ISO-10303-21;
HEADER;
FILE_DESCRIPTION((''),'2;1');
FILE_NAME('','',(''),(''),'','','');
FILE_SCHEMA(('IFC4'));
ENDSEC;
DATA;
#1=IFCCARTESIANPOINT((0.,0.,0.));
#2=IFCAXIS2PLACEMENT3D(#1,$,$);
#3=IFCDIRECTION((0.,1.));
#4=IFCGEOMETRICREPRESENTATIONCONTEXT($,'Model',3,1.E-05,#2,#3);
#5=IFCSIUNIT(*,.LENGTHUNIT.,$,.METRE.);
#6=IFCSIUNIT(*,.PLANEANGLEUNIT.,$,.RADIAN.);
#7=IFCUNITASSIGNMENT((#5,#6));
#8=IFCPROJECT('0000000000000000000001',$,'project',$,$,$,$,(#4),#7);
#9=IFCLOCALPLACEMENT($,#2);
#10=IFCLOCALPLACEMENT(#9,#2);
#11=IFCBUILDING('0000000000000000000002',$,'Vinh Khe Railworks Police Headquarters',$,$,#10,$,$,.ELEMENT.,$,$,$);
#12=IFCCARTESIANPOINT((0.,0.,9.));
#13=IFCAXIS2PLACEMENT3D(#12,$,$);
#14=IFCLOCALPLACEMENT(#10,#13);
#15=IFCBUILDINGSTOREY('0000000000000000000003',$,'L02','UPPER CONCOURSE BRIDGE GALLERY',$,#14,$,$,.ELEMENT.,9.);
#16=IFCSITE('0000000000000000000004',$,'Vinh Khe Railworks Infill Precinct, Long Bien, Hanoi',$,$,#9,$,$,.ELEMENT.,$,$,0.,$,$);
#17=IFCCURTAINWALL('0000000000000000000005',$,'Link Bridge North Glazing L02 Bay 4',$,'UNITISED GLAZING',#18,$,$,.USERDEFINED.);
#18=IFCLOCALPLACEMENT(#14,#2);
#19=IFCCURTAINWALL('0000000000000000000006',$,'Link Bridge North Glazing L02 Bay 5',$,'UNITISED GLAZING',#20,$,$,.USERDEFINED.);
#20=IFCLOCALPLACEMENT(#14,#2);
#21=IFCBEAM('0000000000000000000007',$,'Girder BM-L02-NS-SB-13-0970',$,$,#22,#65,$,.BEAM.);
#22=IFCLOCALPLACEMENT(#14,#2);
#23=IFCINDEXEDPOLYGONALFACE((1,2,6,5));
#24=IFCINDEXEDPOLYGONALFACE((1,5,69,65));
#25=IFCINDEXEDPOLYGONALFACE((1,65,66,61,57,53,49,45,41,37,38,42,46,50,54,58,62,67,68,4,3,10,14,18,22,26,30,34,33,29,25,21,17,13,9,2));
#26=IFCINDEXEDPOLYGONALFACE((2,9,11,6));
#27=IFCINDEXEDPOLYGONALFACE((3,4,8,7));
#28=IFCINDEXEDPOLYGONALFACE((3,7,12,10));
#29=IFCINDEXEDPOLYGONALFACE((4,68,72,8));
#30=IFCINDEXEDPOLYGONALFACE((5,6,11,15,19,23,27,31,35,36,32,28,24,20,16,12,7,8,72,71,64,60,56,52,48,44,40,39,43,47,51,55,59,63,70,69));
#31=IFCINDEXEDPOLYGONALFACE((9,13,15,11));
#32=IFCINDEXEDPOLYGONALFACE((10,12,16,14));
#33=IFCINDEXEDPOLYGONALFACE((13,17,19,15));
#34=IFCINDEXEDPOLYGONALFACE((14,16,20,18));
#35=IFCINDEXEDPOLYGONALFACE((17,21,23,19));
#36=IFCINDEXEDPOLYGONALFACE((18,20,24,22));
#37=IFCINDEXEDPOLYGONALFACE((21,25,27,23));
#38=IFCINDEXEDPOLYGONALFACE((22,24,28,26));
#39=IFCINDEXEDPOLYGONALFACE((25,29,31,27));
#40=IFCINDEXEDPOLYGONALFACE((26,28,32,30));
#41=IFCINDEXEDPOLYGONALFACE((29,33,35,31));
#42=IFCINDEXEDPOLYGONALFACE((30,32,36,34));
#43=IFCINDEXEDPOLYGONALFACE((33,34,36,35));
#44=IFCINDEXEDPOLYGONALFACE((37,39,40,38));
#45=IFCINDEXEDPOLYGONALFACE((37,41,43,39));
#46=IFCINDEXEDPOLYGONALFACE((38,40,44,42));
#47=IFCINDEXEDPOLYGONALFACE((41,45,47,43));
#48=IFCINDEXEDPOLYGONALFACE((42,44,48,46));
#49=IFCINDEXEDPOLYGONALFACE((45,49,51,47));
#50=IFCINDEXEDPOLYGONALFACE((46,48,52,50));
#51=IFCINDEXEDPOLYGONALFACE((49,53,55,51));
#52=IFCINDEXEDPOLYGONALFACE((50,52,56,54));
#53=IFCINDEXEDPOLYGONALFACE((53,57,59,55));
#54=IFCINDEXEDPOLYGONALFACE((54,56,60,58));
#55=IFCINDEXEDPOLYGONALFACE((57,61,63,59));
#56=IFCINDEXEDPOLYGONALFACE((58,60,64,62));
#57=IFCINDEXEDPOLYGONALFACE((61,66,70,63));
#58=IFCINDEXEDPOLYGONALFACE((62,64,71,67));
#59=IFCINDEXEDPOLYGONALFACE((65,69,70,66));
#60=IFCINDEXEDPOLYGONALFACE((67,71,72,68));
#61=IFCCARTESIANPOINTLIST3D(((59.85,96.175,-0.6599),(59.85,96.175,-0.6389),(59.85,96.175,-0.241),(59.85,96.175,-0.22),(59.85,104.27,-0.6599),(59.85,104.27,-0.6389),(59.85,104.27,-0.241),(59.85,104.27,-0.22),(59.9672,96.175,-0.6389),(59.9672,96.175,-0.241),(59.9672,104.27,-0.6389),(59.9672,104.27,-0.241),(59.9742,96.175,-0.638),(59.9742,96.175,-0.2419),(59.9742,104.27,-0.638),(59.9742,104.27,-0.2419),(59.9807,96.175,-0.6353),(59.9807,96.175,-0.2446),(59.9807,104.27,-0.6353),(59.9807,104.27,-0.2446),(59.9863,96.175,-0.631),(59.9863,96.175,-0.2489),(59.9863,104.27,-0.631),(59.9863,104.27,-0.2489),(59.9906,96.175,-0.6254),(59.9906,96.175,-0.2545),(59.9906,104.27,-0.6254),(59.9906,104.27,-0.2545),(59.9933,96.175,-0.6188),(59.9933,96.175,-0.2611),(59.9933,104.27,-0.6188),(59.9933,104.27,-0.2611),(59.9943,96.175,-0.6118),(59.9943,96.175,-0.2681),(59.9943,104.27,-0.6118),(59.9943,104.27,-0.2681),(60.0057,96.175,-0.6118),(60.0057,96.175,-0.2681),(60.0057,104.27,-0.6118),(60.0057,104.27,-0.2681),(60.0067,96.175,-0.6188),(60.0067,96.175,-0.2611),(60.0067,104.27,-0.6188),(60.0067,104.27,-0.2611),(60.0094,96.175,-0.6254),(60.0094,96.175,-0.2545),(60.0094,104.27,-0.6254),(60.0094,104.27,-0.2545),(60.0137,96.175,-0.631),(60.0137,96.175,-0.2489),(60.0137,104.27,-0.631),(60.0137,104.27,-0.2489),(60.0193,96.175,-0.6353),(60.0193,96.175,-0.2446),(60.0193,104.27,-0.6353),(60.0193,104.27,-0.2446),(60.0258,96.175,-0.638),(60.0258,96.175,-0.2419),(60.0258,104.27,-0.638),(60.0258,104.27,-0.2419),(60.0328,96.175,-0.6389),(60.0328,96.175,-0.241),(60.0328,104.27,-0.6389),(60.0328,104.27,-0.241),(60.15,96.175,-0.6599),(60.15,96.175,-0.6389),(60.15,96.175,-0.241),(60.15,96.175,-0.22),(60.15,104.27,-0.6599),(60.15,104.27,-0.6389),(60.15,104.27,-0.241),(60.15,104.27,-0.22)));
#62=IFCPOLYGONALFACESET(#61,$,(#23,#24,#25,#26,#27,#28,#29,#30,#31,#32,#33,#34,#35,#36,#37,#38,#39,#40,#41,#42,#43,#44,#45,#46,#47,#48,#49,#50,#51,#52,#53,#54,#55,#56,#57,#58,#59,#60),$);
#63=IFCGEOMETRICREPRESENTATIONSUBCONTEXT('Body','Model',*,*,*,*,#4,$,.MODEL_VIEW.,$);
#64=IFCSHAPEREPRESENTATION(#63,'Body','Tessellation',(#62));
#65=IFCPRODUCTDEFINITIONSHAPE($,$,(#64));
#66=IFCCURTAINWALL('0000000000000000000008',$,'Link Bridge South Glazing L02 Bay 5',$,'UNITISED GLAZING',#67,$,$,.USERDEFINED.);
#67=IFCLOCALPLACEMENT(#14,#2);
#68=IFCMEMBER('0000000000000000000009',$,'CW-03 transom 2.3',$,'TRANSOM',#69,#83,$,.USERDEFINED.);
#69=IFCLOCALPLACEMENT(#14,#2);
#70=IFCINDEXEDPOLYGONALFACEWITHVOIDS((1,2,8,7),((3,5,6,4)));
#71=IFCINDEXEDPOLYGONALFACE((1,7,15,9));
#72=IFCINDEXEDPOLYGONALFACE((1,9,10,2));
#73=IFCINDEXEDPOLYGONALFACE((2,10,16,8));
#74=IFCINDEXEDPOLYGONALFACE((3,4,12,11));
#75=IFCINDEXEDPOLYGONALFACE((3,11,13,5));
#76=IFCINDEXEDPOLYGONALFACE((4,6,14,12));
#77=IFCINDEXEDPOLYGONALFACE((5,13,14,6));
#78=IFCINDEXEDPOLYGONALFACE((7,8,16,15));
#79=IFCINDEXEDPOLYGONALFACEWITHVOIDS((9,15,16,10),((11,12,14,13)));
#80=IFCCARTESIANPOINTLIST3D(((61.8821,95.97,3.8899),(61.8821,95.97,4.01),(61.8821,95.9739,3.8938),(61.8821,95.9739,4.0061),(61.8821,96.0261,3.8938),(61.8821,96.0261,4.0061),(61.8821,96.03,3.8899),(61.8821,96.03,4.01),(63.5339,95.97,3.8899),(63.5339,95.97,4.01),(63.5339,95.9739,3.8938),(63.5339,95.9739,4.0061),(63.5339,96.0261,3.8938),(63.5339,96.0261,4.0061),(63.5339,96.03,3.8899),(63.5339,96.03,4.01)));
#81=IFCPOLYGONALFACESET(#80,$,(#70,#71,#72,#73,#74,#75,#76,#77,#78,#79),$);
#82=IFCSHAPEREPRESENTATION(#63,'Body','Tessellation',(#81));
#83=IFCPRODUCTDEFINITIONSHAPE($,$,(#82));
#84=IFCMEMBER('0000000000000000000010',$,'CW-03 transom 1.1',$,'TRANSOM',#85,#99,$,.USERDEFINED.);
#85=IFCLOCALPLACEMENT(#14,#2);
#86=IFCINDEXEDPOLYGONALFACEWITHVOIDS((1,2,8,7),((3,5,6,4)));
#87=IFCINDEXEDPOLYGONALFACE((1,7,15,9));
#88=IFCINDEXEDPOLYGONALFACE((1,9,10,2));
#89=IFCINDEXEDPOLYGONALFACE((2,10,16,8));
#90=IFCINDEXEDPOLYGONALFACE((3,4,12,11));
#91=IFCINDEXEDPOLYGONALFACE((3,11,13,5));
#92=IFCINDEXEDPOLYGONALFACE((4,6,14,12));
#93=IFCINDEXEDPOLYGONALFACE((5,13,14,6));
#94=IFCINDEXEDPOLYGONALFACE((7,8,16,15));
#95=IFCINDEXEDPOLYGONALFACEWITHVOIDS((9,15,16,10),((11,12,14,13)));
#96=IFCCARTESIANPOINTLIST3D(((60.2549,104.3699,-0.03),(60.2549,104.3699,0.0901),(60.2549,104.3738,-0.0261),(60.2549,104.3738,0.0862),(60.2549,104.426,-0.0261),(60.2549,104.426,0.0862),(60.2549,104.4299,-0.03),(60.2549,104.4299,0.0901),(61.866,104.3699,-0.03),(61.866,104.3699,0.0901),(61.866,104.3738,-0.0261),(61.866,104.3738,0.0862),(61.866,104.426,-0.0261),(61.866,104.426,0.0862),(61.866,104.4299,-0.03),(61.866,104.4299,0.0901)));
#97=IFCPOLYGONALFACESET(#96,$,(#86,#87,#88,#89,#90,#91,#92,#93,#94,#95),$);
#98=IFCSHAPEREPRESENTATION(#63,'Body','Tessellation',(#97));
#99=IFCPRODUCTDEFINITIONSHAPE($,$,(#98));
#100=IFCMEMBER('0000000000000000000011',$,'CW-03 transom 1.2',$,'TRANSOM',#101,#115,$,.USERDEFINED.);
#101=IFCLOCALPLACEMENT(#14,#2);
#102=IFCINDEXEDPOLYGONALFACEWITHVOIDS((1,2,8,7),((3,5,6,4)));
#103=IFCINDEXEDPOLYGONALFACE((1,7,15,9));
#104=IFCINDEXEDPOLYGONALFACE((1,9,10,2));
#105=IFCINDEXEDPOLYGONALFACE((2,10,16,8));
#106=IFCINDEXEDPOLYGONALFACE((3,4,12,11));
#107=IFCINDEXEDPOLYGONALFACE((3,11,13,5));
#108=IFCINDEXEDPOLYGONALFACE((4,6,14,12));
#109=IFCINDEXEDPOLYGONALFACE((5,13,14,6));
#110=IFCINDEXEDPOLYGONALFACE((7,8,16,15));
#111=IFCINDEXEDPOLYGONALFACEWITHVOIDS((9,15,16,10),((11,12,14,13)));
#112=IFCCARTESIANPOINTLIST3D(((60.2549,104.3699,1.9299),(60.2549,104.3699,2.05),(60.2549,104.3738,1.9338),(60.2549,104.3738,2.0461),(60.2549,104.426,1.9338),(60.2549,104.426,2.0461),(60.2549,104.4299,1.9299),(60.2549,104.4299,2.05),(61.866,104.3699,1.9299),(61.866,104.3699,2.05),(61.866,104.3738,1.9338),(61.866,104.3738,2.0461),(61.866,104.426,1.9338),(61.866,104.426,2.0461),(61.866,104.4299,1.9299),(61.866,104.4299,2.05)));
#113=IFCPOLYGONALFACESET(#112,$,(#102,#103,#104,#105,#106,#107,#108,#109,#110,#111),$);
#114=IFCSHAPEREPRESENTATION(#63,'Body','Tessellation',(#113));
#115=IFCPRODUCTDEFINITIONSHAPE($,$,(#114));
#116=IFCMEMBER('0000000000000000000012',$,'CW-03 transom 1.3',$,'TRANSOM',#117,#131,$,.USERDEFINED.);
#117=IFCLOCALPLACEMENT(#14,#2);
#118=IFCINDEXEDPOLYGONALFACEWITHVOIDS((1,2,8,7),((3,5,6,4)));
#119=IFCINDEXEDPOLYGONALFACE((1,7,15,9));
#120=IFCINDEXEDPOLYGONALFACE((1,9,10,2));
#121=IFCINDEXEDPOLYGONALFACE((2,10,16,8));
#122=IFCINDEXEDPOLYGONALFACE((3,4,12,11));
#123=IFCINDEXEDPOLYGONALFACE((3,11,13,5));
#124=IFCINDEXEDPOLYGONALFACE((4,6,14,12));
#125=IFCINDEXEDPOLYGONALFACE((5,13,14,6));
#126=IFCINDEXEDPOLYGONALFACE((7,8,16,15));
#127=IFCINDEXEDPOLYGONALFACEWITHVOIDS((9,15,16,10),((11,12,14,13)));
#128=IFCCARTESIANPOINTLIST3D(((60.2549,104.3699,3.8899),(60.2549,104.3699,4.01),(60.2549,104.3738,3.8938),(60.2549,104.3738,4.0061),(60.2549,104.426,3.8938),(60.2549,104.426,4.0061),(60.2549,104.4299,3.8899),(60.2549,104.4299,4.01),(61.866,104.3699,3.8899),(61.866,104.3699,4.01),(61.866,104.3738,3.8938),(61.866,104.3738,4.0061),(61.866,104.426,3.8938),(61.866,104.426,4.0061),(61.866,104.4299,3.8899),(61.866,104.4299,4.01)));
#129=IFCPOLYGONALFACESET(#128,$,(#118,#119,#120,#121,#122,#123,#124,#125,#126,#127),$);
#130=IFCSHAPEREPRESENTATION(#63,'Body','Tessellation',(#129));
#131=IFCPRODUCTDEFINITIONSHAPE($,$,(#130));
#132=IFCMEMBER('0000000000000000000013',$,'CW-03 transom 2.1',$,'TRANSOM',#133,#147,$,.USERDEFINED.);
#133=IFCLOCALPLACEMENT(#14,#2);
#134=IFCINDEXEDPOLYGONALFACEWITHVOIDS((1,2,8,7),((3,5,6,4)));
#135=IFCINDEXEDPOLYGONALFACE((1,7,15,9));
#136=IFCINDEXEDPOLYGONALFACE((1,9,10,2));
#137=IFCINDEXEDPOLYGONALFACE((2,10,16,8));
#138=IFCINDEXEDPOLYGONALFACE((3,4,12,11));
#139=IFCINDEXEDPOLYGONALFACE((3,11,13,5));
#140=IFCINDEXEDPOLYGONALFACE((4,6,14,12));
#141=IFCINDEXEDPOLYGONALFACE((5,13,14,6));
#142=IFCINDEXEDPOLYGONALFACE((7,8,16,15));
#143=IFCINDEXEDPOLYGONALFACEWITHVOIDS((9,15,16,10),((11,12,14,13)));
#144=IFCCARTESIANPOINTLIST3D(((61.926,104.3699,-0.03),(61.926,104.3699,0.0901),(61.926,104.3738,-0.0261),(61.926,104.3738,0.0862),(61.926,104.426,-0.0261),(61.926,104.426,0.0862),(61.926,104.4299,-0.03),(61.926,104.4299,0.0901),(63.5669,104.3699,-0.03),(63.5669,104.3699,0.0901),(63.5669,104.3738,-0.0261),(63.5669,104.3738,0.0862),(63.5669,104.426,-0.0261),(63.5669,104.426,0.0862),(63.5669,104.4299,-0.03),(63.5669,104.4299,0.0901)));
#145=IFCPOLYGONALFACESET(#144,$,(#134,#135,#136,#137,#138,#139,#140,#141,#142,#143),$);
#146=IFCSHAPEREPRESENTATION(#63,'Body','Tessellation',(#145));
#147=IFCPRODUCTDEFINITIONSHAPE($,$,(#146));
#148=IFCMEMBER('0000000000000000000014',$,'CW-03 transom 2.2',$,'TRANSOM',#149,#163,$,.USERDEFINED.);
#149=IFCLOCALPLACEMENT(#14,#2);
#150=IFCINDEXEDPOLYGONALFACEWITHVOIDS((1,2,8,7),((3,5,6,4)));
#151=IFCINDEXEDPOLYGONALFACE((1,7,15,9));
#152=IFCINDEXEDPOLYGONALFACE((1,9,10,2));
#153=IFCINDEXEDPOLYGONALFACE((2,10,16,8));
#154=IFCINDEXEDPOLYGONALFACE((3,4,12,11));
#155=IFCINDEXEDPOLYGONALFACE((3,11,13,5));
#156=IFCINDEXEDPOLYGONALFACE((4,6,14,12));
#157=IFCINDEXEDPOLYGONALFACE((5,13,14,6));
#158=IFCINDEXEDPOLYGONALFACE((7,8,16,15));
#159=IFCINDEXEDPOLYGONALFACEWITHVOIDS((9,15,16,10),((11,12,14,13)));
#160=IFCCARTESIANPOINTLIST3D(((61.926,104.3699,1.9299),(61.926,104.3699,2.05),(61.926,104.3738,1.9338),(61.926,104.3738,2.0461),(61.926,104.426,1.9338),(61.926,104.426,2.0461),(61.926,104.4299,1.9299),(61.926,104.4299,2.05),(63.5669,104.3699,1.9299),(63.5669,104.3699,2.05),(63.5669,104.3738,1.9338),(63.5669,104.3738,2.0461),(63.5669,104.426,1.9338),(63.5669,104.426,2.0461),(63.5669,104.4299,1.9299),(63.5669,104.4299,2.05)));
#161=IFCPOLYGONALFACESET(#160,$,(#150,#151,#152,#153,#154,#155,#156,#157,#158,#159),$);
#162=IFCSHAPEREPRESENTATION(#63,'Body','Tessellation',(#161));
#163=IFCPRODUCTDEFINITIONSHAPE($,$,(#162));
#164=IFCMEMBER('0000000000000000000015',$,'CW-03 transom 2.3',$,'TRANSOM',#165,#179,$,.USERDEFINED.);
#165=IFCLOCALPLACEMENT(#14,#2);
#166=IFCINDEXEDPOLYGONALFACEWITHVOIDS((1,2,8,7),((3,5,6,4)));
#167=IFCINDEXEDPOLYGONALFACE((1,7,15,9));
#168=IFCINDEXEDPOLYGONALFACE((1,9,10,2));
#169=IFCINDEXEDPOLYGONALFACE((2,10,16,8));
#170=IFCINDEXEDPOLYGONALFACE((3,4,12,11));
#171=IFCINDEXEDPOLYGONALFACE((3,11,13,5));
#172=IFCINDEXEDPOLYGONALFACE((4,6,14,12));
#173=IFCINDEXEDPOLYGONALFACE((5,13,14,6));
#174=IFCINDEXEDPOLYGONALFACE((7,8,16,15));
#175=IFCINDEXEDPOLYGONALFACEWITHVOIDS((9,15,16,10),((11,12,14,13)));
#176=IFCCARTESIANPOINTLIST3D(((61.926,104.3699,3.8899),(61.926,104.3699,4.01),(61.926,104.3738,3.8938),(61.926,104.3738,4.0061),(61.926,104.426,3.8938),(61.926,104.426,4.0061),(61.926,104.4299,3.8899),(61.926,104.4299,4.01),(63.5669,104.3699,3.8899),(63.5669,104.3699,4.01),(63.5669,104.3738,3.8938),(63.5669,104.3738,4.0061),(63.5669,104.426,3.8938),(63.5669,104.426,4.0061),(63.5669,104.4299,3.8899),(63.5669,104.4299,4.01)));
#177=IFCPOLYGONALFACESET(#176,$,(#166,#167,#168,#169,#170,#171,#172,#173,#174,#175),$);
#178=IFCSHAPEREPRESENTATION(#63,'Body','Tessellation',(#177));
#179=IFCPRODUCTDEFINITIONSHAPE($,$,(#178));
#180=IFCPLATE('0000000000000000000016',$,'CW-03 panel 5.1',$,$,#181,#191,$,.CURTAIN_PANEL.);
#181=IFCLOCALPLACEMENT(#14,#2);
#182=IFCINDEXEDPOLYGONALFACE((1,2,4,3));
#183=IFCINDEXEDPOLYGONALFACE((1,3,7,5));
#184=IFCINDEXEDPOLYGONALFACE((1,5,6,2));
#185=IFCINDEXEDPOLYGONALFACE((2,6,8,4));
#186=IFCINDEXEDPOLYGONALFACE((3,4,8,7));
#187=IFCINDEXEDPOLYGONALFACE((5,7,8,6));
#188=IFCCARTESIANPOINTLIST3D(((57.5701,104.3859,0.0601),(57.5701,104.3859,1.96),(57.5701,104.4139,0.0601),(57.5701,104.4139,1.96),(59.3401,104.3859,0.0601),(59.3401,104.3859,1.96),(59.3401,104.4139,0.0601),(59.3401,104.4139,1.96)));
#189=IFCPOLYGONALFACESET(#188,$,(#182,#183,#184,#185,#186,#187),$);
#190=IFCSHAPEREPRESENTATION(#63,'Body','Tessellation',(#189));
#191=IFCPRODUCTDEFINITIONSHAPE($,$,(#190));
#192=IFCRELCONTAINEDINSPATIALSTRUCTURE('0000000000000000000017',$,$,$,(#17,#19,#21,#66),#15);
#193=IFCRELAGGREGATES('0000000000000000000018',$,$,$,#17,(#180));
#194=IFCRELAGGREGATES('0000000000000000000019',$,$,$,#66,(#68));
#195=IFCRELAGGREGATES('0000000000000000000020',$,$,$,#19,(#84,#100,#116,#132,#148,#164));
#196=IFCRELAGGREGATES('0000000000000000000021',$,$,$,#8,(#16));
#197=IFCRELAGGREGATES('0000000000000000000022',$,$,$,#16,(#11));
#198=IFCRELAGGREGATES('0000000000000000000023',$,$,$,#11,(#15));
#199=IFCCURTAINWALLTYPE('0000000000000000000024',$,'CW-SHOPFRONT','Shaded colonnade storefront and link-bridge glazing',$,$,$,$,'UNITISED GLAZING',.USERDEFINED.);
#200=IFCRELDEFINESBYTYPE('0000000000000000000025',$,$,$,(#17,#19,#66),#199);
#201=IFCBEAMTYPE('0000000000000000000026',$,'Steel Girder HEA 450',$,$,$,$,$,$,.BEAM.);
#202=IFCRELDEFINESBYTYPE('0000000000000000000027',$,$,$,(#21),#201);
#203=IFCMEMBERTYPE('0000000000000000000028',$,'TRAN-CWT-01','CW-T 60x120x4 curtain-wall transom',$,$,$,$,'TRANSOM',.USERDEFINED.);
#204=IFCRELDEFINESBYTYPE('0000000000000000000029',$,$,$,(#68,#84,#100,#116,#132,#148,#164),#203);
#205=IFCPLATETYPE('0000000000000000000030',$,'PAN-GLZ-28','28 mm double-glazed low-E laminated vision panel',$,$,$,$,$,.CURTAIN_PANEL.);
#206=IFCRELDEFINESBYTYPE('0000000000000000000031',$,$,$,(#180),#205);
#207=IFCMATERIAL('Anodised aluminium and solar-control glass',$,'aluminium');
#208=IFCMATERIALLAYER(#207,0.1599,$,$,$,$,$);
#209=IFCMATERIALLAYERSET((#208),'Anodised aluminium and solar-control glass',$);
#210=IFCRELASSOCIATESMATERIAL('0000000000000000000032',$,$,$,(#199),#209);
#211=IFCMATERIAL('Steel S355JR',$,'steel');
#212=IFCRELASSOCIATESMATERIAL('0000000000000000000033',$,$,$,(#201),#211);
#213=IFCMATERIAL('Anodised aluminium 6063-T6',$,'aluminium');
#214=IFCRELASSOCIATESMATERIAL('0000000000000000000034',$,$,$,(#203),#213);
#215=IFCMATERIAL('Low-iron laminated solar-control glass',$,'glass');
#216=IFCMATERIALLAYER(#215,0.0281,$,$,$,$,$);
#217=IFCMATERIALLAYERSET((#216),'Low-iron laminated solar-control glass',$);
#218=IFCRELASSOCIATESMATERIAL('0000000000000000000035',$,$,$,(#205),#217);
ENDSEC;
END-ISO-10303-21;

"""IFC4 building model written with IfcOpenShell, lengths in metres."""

from ifc_helpers import new_model, si_unit, direction, frame, origin, origin_2d, place, context, subcontext, project, spatial, rectangle, hollow_rectangle, i_section, extrude, material, layer, layer_set, material_profile, profile_set, type_object, element, aggregate, save


model = new_model("IFC4")

# Units and contexts
model_context = context("Model", 3, precision=1e-05, world=origin(), true_north=direction((0.0, 1.0)))
body_context = subcontext(model_context, "Body", "Model", "MODEL_VIEW")
ifc_project = project(units=[si_unit("LENGTHUNIT", "METRE"), si_unit("PLANEANGLEUNIT", "RADIAN")], contexts=[model_context])

# Site, building, storey
site_placement = place(None, origin())
site = spatial("IfcSite", under=ifc_project, at=site_placement, Name="Vinh Khe Railworks Infill Precinct, Long Bien, Hanoi", CompositionType="ELEMENT", RefElevation=0.0)
building_placement = place(site_placement, origin())
building = spatial("IfcBuilding", under=site, at=building_placement, Name="Vinh Khe Railworks Police Headquarters", CompositionType="ELEMENT")
storey_placement = place(building_placement, frame((0.0, 0.0, 9.0)))
storey = spatial("IfcBuildingStorey", under=building, at=storey_placement, Name="L02", Description="UPPER CONCOURSE BRIDGE GALLERY", CompositionType="ELEMENT", Elevation=9.0)

# Shared definitions
ifc_material_1 = material(Name="Steel S355JR", Category="steel")

# Curtain wall
ifc_material_2 = material(Name="Anodised aluminium and solar-control glass", Category="aluminium")
ifc_layer_1 = layer(ifc_material_2, 0.1599)
ifc_layer_set_1 = layer_set([ifc_layer_1], Name="Anodised aluminium and solar-control glass")
curtain_wall_type = type_object("IfcCurtainWallType", Name="CW-SHOPFRONT", Description="Shaded colonnade storefront and link-bridge glazing", ElementType="UNITISED GLAZING", PredefinedType="USERDEFINED", material=ifc_layer_set_1)
curtain_wall_1_placement = place(storey_placement, origin())
curtain_wall_1 = element("IfcCurtainWall", 1, at=curtain_wall_1_placement, inside=storey, type_object=curtain_wall_type, Name="Link Bridge North Glazing L02 Bay 4", ObjectType="UNITISED GLAZING", PredefinedType="USERDEFINED")
ifc_material_3 = material(Name="Anodised aluminium 6063-T6", Category="aluminium")

# Curtain wall
curtain_wall_2_placement = place(storey_placement, origin())
curtain_wall_2 = element("IfcCurtainWall", 2, at=curtain_wall_2_placement, inside=storey, type_object=curtain_wall_type, Name="Link Bridge North Glazing L02 Bay 5", ObjectType="UNITISED GLAZING", PredefinedType="USERDEFINED")

# Beam
ifc_material_profile_1 = material_profile(ifc_material_1, i_section(OverallWidth=0.3, OverallDepth=0.4399, WebThickness=0.0115, FlangeThickness=0.021, FilletRadius=0.0271, at=origin_2d()), Name="HEA 450")
ifc_profile_set_1 = profile_set([ifc_material_profile_1], Name="Steel S355JR")
beam_type_1 = type_object("IfcBeamType", Name="Steel Girder HEA 450", PredefinedType="BEAM", material=ifc_profile_set_1)
beam_1_placement = place(storey_placement, frame((60.0, 96.175, -0.4399), z_axis=(0.0, 1.0, 0.0), x_axis=(-1.0, 0.0, 0.0)))
element("IfcBeam", 3, at=beam_1_placement, inside=storey, type_object=beam_type_1, Name="Girder BM-L02-NS-SB-13-0970", PredefinedType="BEAM", context=body_context, shape_type="SweptSolid", body=[
    extrude(i_section(OverallWidth=0.3, OverallDepth=0.4399, WebThickness=0.0115, FlangeThickness=0.021, FilletRadius=0.0271, at=origin_2d()), origin(), (0.0, 0.0, 1.0), 8.095),
])

# Curtain wall, member
curtain_wall_3_placement = place(storey_placement, origin())
curtain_wall_3 = element("IfcCurtainWall", 4, at=curtain_wall_3_placement, inside=storey, type_object=curtain_wall_type, Name="Link Bridge South Glazing L02 Bay 5", ObjectType="UNITISED GLAZING", PredefinedType="USERDEFINED")
ifc_material_profile_2 = material_profile(ifc_material_3, hollow_rectangle(XDim=0.0601, YDim=0.1201, WallThickness=0.0039, at=origin_2d()), Name="CW-T 60x120x4")
ifc_profile_set_2 = profile_set([ifc_material_profile_2], Name="Anodised aluminium 6063-T6")
member_type_1 = type_object("IfcMemberType", Name="TRAN-CWT-01", Description="CW-T 60x120x4 curtain-wall transom", ElementType="TRANSOM", PredefinedType="USERDEFINED", material=ifc_profile_set_2)
member_1_placement = place(storey_placement, frame((61.8821, 96.0, 3.95), z_axis=(1.0, 0.0, 0.0), x_axis=(0.0, 1.0, 0.0)))
member_1 = element("IfcMember", 5, at=member_1_placement, type_object=member_type_1, Name="CW-03 transom 2.3", ObjectType="TRANSOM", PredefinedType="USERDEFINED", context=body_context, shape_type="SweptSolid", body=[
    extrude(hollow_rectangle(XDim=0.0601, YDim=0.1201, WallThickness=0.0039, at=origin_2d()), origin(), (0.0, 0.0, 1.0), 1.6519),
])

# Members
member_2_placement = place(storey_placement, frame((60.2549, 104.3999, 0.03), z_axis=(1.0, 0.0, 0.0), x_axis=(0.0, 1.0, 0.0)))
member_2 = element("IfcMember", 6, at=member_2_placement, type_object=member_type_1, Name="CW-03 transom 1.1", ObjectType="TRANSOM", PredefinedType="USERDEFINED", context=body_context, shape_type="SweptSolid", body=[
    extrude(hollow_rectangle(XDim=0.0601, YDim=0.1201, WallThickness=0.0039, at=origin_2d()), origin(), (0.0, 0.0, 1.0), 1.6111),
])
member_3_placement = place(storey_placement, frame((60.2549, 104.3999, 1.99), z_axis=(1.0, 0.0, 0.0), x_axis=(0.0, 1.0, 0.0)))
member_3 = element("IfcMember", 7, at=member_3_placement, type_object=member_type_1, Name="CW-03 transom 1.2", ObjectType="TRANSOM", PredefinedType="USERDEFINED", context=body_context, shape_type="SweptSolid", body=[
    extrude(hollow_rectangle(XDim=0.0601, YDim=0.1201, WallThickness=0.0039, at=origin_2d()), origin(), (0.0, 0.0, 1.0), 1.6111),
])
member_4_placement = place(storey_placement, frame((60.2549, 104.3999, 3.95), z_axis=(1.0, 0.0, 0.0), x_axis=(0.0, 1.0, 0.0)))
member_4 = element("IfcMember", 8, at=member_4_placement, type_object=member_type_1, Name="CW-03 transom 1.3", ObjectType="TRANSOM", PredefinedType="USERDEFINED", context=body_context, shape_type="SweptSolid", body=[
    extrude(hollow_rectangle(XDim=0.0601, YDim=0.1201, WallThickness=0.0039, at=origin_2d()), origin(), (0.0, 0.0, 1.0), 1.6111),
])
member_5_placement = place(storey_placement, frame((61.926, 104.3999, 0.03), z_axis=(1.0, 0.0, 0.0), x_axis=(0.0, 1.0, 0.0)))
member_5 = element("IfcMember", 9, at=member_5_placement, type_object=member_type_1, Name="CW-03 transom 2.1", ObjectType="TRANSOM", PredefinedType="USERDEFINED", context=body_context, shape_type="SweptSolid", body=[
    extrude(hollow_rectangle(XDim=0.0601, YDim=0.1201, WallThickness=0.0039, at=origin_2d()), origin(), (0.0, 0.0, 1.0), 1.6409),
])
member_6_placement = place(storey_placement, frame((61.926, 104.3999, 1.99), z_axis=(1.0, 0.0, 0.0), x_axis=(0.0, 1.0, 0.0)))
member_6 = element("IfcMember", 10, at=member_6_placement, type_object=member_type_1, Name="CW-03 transom 2.2", ObjectType="TRANSOM", PredefinedType="USERDEFINED", context=body_context, shape_type="SweptSolid", body=[
    extrude(hollow_rectangle(XDim=0.0601, YDim=0.1201, WallThickness=0.0039, at=origin_2d()), origin(), (0.0, 0.0, 1.0), 1.6409),
])
member_7_placement = place(storey_placement, frame((61.926, 104.3999, 3.95), z_axis=(1.0, 0.0, 0.0), x_axis=(0.0, 1.0, 0.0)))
member_7 = element("IfcMember", 11, at=member_7_placement, type_object=member_type_1, Name="CW-03 transom 2.3", ObjectType="TRANSOM", PredefinedType="USERDEFINED", context=body_context, shape_type="SweptSolid", body=[
    extrude(hollow_rectangle(XDim=0.0601, YDim=0.1201, WallThickness=0.0039, at=origin_2d()), origin(), (0.0, 0.0, 1.0), 1.6409),
])

# Plate
ifc_material_4 = material(Name="Low-iron laminated solar-control glass", Category="glass")
ifc_layer_2 = layer(ifc_material_4, 0.0281)
ifc_layer_set_2 = layer_set([ifc_layer_2], Name="Low-iron laminated solar-control glass")
plate_type = type_object("IfcPlateType", Name="PAN-GLZ-28", Description="28 mm double-glazed low-E laminated vision panel", PredefinedType="CURTAIN_PANEL", material=ifc_layer_set_2)
plate_1_placement = place(storey_placement, frame((58.4551, 104.3999, 0.0601), z_axis=(0.0, 0.0, 1.0), x_axis=(1.0, 0.0, 0.0)))
plate_1 = element("IfcPlate", 12, at=plate_1_placement, type_object=plate_type, Name="CW-03 panel 5.1", PredefinedType="CURTAIN_PANEL", context=body_context, shape_type="SweptSolid", body=[
    extrude(rectangle(XDim=1.77, YDim=0.0281, at=origin_2d()), origin(), (0.0, 0.0, 1.0), 1.8999),
])
aggregate(curtain_wall_1, [plate_1])
aggregate(curtain_wall_3, [member_1])
aggregate(curtain_wall_2, [member_2, member_3, member_4, member_5, member_6, member_7])

save(model, "model.ifc")
